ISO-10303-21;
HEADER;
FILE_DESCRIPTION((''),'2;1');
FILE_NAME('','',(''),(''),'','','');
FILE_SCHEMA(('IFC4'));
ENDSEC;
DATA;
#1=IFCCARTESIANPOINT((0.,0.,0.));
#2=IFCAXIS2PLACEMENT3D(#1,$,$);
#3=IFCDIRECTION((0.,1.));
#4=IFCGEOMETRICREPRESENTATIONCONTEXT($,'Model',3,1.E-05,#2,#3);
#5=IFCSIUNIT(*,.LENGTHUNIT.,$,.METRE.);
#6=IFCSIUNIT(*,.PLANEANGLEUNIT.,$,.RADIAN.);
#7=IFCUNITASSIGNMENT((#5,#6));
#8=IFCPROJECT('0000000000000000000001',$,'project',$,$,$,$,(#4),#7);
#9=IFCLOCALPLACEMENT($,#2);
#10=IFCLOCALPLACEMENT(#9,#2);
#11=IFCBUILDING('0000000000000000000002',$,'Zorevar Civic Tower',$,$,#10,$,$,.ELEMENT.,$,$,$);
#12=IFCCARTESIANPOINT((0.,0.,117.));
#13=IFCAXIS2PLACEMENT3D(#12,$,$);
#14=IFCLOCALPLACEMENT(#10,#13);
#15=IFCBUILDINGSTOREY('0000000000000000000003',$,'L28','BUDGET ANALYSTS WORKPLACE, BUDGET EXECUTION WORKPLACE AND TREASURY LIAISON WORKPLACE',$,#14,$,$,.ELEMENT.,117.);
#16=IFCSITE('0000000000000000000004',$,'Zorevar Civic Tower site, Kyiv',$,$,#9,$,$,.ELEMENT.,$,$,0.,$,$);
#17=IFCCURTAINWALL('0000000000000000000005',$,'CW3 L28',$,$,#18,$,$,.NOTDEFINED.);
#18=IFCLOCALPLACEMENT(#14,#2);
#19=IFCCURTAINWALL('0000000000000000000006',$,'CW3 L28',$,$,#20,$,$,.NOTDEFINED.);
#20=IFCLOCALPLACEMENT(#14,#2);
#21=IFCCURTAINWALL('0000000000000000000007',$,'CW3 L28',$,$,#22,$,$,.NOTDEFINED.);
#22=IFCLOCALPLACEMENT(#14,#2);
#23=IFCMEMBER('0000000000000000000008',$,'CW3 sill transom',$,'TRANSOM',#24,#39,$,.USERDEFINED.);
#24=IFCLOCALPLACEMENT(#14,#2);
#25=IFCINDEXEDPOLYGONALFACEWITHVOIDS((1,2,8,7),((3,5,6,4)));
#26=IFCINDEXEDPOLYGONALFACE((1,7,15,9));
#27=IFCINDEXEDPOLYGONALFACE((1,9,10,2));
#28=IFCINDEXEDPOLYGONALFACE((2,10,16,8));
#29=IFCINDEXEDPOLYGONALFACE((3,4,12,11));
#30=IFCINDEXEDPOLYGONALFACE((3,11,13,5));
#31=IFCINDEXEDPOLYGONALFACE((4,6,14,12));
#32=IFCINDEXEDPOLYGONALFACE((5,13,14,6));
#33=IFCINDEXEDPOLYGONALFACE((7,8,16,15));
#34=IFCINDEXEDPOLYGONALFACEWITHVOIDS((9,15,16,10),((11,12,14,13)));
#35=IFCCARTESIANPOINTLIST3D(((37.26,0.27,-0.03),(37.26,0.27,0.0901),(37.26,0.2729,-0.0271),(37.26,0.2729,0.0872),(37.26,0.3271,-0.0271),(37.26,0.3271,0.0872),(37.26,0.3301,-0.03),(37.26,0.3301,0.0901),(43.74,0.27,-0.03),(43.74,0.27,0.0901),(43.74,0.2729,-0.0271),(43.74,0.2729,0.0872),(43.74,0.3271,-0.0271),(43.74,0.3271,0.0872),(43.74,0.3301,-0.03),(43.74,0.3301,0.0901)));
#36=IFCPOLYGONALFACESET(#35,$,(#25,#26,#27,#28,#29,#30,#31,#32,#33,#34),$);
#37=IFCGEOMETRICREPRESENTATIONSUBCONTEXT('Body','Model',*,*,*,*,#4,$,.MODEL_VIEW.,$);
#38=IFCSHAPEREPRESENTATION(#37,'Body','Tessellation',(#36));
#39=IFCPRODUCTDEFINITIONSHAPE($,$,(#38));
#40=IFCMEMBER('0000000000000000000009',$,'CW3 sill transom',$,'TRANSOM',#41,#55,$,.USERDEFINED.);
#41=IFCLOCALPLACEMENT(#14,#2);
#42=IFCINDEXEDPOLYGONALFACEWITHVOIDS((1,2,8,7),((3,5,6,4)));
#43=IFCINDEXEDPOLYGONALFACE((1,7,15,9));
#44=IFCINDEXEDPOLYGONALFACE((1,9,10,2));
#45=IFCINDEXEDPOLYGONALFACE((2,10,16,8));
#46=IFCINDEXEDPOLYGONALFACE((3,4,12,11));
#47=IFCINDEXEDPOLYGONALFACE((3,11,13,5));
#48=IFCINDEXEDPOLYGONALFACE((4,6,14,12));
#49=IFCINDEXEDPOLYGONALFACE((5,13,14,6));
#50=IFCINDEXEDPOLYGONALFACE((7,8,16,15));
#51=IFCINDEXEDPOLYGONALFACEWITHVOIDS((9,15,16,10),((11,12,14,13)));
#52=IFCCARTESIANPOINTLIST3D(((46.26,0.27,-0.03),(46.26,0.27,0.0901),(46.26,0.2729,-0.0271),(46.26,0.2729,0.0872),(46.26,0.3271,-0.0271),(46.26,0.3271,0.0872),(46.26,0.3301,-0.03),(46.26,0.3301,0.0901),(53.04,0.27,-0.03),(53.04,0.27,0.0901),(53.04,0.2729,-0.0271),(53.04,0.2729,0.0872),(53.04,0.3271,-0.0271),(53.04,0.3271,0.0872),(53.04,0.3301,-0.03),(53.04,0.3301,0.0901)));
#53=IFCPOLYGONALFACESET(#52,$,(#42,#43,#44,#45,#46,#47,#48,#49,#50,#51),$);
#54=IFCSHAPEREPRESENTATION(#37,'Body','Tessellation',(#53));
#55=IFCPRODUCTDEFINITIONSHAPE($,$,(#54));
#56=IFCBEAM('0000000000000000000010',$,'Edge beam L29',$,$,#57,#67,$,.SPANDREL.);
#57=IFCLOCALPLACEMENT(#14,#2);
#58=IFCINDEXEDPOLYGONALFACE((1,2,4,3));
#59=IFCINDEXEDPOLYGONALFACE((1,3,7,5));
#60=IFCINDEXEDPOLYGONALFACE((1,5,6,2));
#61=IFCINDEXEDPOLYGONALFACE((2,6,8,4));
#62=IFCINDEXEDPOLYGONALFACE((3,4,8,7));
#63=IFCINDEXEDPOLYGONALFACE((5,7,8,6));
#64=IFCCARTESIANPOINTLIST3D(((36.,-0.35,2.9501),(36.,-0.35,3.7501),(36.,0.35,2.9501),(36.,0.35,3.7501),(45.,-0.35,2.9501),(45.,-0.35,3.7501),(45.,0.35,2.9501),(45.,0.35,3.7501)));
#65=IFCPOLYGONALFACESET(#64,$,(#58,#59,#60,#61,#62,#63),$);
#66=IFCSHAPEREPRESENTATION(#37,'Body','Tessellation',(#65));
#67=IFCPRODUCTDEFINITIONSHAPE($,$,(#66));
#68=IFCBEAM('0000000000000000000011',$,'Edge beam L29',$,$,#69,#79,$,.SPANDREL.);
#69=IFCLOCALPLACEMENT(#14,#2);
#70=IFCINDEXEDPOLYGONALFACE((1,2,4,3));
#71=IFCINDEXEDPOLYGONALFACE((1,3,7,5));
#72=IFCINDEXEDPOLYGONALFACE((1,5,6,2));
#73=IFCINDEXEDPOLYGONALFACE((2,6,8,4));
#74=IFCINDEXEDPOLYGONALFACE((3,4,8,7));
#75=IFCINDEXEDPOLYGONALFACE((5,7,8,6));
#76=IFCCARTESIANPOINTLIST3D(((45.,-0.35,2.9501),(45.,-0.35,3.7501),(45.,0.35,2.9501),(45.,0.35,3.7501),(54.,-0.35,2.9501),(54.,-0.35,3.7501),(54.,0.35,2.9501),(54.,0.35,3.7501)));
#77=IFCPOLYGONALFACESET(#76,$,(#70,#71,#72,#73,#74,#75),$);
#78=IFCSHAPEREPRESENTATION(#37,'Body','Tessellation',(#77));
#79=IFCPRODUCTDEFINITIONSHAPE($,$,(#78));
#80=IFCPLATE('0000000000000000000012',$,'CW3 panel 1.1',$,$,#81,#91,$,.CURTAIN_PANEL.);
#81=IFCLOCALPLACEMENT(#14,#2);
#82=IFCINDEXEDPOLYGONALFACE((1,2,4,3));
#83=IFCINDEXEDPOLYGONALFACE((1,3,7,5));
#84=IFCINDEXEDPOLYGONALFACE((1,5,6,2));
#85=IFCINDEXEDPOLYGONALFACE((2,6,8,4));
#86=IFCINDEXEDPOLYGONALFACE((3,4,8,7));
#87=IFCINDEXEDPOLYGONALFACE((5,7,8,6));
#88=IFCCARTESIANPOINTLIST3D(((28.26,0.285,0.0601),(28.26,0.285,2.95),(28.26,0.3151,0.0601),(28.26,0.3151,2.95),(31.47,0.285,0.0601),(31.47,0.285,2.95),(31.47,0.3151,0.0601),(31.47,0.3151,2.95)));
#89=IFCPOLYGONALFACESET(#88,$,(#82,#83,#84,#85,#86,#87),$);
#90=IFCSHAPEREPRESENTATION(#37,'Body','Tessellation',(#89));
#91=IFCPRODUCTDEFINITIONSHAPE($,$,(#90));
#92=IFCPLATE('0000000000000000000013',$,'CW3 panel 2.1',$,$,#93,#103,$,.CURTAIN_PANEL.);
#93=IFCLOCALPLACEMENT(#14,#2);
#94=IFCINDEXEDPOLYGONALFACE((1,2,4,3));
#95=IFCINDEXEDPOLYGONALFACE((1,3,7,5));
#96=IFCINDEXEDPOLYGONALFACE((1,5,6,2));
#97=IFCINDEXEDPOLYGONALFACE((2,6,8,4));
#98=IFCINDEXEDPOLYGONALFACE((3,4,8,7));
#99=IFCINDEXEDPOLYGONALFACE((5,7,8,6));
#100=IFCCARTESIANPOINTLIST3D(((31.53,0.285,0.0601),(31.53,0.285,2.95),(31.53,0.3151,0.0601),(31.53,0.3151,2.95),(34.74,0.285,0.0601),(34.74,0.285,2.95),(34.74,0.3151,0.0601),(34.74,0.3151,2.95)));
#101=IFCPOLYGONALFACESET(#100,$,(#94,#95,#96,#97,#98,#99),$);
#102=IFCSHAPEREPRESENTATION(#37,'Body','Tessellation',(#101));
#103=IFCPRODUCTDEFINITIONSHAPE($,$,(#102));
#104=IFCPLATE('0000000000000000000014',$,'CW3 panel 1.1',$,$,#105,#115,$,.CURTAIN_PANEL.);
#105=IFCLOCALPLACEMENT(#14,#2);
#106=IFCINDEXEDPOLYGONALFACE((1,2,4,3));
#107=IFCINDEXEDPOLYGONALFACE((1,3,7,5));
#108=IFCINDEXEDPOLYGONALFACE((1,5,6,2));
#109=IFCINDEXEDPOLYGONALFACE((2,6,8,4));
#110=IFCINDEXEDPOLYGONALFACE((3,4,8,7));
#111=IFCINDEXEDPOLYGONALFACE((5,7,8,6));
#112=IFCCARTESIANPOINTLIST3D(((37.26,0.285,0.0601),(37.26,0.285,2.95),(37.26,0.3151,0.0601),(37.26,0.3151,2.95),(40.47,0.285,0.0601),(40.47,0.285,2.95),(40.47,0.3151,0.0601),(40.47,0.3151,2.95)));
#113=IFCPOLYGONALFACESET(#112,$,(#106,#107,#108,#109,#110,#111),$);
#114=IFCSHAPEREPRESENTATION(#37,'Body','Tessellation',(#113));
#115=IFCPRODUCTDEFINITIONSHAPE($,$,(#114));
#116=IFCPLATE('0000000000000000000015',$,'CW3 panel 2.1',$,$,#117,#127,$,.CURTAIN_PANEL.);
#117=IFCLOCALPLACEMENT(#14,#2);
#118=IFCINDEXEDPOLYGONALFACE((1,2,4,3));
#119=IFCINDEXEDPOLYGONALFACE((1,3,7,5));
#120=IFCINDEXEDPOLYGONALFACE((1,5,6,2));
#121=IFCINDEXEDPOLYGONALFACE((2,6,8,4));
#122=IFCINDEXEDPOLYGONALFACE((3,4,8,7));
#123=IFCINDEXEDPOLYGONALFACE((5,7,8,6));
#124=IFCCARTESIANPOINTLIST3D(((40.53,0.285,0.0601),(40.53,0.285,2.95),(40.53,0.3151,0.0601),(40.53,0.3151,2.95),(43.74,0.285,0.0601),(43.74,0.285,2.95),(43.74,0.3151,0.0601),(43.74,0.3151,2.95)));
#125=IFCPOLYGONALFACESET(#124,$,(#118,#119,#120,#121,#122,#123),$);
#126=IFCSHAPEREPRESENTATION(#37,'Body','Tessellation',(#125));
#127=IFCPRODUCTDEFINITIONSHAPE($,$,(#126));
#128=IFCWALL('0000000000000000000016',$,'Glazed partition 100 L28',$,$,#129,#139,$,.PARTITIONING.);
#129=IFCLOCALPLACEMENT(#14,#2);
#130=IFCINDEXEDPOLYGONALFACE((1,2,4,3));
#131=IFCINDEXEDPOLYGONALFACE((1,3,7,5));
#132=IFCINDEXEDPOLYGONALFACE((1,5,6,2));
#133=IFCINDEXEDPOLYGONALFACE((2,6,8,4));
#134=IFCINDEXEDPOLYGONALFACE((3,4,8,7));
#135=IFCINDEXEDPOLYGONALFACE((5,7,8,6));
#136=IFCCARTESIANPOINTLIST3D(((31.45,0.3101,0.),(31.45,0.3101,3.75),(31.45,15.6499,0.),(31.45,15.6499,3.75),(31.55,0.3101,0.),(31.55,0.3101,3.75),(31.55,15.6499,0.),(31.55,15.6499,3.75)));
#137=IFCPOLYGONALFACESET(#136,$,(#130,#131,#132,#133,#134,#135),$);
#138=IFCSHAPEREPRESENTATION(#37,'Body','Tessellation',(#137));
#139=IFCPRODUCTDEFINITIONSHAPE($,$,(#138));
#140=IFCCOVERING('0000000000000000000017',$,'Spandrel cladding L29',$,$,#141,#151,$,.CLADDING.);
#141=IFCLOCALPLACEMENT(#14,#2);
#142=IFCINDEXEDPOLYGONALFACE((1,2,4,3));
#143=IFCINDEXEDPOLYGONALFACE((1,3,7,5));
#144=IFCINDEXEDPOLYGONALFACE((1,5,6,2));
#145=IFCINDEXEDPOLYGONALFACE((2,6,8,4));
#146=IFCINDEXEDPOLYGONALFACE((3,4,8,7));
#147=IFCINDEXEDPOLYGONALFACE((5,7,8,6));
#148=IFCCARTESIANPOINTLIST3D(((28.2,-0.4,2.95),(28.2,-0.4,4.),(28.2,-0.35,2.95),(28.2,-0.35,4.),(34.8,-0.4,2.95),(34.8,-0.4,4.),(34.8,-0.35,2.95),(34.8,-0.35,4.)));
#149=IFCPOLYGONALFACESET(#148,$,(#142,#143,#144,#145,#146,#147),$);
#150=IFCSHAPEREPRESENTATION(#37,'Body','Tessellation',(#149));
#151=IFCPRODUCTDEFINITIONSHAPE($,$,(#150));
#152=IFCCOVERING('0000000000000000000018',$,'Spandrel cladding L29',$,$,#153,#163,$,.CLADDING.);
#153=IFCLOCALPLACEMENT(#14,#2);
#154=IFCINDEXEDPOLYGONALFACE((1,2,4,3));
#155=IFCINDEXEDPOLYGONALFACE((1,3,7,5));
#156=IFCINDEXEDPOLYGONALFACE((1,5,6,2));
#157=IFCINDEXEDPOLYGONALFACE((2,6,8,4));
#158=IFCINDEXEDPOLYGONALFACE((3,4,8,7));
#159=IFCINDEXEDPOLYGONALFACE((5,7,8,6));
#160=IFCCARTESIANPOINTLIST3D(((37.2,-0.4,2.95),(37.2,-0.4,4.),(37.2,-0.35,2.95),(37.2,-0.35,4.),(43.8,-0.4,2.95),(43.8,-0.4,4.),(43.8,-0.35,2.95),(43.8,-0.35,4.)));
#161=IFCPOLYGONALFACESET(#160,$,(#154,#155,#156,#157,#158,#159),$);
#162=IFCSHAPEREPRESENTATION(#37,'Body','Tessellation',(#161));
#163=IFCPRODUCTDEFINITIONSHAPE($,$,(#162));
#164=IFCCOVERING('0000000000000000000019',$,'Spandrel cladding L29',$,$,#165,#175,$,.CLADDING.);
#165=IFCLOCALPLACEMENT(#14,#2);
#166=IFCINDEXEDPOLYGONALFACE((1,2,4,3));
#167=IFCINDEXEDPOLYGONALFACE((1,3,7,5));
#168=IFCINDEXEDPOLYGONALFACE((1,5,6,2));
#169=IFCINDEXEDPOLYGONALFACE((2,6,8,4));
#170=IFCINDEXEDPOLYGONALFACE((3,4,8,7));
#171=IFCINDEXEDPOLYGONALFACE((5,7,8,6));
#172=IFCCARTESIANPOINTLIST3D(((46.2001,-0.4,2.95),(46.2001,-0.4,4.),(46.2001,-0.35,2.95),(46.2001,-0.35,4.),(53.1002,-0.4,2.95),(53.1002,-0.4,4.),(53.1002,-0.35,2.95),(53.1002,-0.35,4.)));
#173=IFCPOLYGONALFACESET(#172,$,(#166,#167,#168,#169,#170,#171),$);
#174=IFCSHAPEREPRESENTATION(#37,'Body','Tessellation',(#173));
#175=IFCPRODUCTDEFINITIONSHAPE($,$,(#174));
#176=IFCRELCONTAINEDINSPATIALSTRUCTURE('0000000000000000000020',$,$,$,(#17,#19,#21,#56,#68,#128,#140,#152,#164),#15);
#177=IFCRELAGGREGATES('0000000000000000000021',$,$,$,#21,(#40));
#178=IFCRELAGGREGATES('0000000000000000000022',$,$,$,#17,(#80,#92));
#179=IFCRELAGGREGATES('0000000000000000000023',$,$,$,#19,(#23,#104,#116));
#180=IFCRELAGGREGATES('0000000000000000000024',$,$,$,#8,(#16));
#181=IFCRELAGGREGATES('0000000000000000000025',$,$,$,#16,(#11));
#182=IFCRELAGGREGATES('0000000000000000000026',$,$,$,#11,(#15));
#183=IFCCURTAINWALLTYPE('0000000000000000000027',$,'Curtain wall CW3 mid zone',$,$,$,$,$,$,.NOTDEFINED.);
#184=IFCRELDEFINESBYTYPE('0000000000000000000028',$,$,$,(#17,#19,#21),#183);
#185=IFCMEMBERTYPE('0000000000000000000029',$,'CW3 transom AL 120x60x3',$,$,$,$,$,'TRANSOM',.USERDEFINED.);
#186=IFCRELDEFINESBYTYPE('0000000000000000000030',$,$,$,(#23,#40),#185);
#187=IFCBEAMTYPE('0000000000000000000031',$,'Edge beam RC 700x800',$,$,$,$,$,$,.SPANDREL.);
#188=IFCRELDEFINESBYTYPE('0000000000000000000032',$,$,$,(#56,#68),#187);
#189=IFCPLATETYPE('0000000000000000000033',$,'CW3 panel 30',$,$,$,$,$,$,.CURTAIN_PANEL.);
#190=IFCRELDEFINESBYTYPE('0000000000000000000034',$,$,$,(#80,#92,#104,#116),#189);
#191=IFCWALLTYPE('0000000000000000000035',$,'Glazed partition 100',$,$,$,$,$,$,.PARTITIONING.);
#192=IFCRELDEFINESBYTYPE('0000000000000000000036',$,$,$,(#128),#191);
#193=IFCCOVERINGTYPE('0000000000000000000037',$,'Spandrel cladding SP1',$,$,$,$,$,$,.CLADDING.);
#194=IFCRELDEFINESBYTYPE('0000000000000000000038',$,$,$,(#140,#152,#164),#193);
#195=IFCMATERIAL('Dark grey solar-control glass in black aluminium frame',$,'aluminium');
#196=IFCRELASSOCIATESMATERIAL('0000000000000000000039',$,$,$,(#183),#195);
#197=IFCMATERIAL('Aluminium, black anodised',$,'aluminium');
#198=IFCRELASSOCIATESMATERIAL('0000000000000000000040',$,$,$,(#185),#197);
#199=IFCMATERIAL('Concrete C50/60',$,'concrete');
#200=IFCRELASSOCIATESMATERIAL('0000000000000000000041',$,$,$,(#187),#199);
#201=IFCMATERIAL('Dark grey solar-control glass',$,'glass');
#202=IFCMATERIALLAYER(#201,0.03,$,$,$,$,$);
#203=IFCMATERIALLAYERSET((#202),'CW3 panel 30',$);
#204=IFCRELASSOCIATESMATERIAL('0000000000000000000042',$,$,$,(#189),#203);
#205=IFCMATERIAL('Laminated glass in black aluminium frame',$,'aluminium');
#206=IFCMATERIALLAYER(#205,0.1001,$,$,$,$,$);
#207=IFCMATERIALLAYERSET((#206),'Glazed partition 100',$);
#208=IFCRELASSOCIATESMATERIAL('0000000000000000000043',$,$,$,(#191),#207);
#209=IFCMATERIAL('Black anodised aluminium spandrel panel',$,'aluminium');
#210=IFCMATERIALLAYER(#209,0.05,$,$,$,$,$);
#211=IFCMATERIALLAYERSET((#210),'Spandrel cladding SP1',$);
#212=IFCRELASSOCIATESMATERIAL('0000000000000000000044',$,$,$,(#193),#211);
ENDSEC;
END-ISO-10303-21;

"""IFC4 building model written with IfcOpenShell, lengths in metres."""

from ifc_helpers import new_model, si_unit, direction, frame, frame_2d, origin, origin_2d, place, context, subcontext, project, spatial, rectangle, hollow_rectangle, extrude, material, layer, layer_set, material_profile, profile_set, type_object, element, aggregate, save


model = new_model("IFC4")

# Units and contexts
model_context = context("Model", 3, precision=1e-05, world=origin(), true_north=direction((0.0, 1.0)))
body_context = subcontext(model_context, "Body", "Model", "MODEL_VIEW")
ifc_project = project(units=[si_unit("LENGTHUNIT", "METRE"), si_unit("PLANEANGLEUNIT", "RADIAN")], contexts=[model_context])

# Site, building, storey
site_placement = place(None, origin())
site = spatial("IfcSite", under=ifc_project, at=site_placement, Name="Zorevar Civic Tower site, Kyiv", CompositionType="ELEMENT", RefElevation=0.0)
building_placement = place(site_placement, origin())
building = spatial("IfcBuilding", under=site, at=building_placement, Name="Zorevar Civic Tower", CompositionType="ELEMENT")
storey_placement = place(building_placement, frame((0.0, 0.0, 117.0)))
storey = spatial("IfcBuildingStorey", under=building, at=storey_placement, Name="L28", Description="BUDGET ANALYSTS WORKPLACE, BUDGET EXECUTION WORKPLACE AND TREASURY LIAISON WORKPLACE", CompositionType="ELEMENT", Elevation=117.0)

# Curtain walls
ifc_material_1 = material(Name="Dark grey solar-control glass in black aluminium frame", Category="aluminium")
curtain_wall_type = type_object("IfcCurtainWallType", Name="Curtain wall CW3 mid zone", PredefinedType="NOTDEFINED", material=ifc_material_1)
curtain_wall_1_placement = place(storey_placement, origin())
curtain_wall_1 = element("IfcCurtainWall", 1, at=curtain_wall_1_placement, inside=storey, type_object=curtain_wall_type, Name="CW3 L28", PredefinedType="NOTDEFINED")
curtain_wall_2_placement = place(storey_placement, origin())
curtain_wall_2 = element("IfcCurtainWall", 2, at=curtain_wall_2_placement, inside=storey, type_object=curtain_wall_type, Name="CW3 L28", PredefinedType="NOTDEFINED")

# Curtain wall
curtain_wall_3_placement = place(storey_placement, origin())
curtain_wall_3 = element("IfcCurtainWall", 3, at=curtain_wall_3_placement, inside=storey, type_object=curtain_wall_type, Name="CW3 L28", PredefinedType="NOTDEFINED")

# Members
ifc_material_2 = material(Name="Aluminium, black anodised", Category="aluminium")
ifc_material_profile_1 = material_profile(ifc_material_2, hollow_rectangle(XDim=0.0601, YDim=0.1201, WallThickness=0.0029, at=origin_2d()), Name="AL 120x60x3")
ifc_profile_set_1 = profile_set([ifc_material_profile_1], Name="Aluminium, black anodised")
member_type_1 = type_object("IfcMemberType", Name="CW3 transom AL 120x60x3", ElementType="TRANSOM", PredefinedType="USERDEFINED", material=ifc_profile_set_1)
member_1_placement = place(storey_placement, frame((37.26, 0.3, 0.03), z_axis=(1.0, 0.0, 0.0), x_axis=(0.0, 1.0, 0.0)))
member_1 = element("IfcMember", 4, at=member_1_placement, type_object=member_type_1, Name="CW3 sill transom", ObjectType="TRANSOM", PredefinedType="USERDEFINED", context=body_context, shape_type="SweptSolid", body=[
    extrude(hollow_rectangle(XDim=0.0601, YDim=0.1201, WallThickness=0.0029, at=origin_2d()), origin(), (0.0, 0.0, 1.0), 6.48),
])
member_2_placement = place(storey_placement, frame((46.26, 0.3, 0.03), z_axis=(1.0, 0.0, 0.0), x_axis=(0.0, 1.0, 0.0)))
member_2 = element("IfcMember", 5, at=member_2_placement, type_object=member_type_1, Name="CW3 sill transom", ObjectType="TRANSOM", PredefinedType="USERDEFINED", context=body_context, shape_type="SweptSolid", body=[
    extrude(hollow_rectangle(XDim=0.0601, YDim=0.1201, WallThickness=0.0029, at=origin_2d()), origin(), (0.0, 0.0, 1.0), 6.78),
])
aggregate(curtain_wall_3, [member_2])

# Beams
ifc_material_3 = material(Name="Concrete C50/60", Category="concrete")
ifc_material_profile_2 = material_profile(ifc_material_3, rectangle(XDim=0.7, YDim=0.8, at=origin_2d()), Name="RC 700x800")
ifc_profile_set_2 = profile_set([ifc_material_profile_2], Name="Concrete C50/60")
beam_type_1 = type_object("IfcBeamType", Name="Edge beam RC 700x800", PredefinedType="SPANDREL", material=ifc_profile_set_2)
for number, where, z_axis, x_axis, name in (
    (6, (36.0, 0.0, 3.3501), (1.0, 0.0, 0.0), (0.0, 1.0, 0.0), "Edge beam L29"),
    (7, (45.0, 0.0, 3.3501), (1.0, 0.0, 0.0), (0.0, 1.0, 0.0), "Edge beam L29"),
):
    element("IfcBeam", number, at=place(storey_placement, frame(where, z_axis=z_axis, x_axis=x_axis)), inside=storey, type_object=beam_type_1, Name=name, PredefinedType="SPANDREL", context=body_context, shape_type="SweptSolid", body=[
        extrude(rectangle(XDim=0.7, YDim=0.8, at=origin_2d()), origin(), (0.0, 0.0, 1.0), 9.0),
    ])

# Plates
ifc_material_4 = material(Name="Dark grey solar-control glass", Category="glass")
ifc_layer_1 = layer(ifc_material_4, 0.03)
ifc_layer_set_1 = layer_set([ifc_layer_1], Name="CW3 panel 30")
plate_type = type_object("IfcPlateType", Name="CW3 panel 30", PredefinedType="CURTAIN_PANEL", material=ifc_layer_set_1)
plate_1_placement = place(storey_placement, frame((29.865, 0.3, 0.0601), z_axis=(0.0, 0.0, 1.0), x_axis=(1.0, 0.0, 0.0)))
plate_1 = element("IfcPlate", 8, at=plate_1_placement, type_object=plate_type, Name="CW3 panel 1.1", PredefinedType="CURTAIN_PANEL", context=body_context, shape_type="SweptSolid", body=[
    extrude(rectangle(XDim=3.21, YDim=0.03, at=origin_2d()), origin(), (0.0, 0.0, 1.0), 2.8899),
])
plate_2_placement = place(storey_placement, frame((33.135, 0.3, 0.0601), z_axis=(0.0, 0.0, 1.0), x_axis=(1.0, 0.0, 0.0)))
plate_2 = element("IfcPlate", 9, at=plate_2_placement, type_object=plate_type, Name="CW3 panel 2.1", PredefinedType="CURTAIN_PANEL", context=body_context, shape_type="SweptSolid", body=[
    extrude(rectangle(XDim=3.21, YDim=0.03, at=origin_2d()), origin(), (0.0, 0.0, 1.0), 2.8899),
])
aggregate(curtain_wall_1, [plate_1, plate_2])
plate_3_placement = place(storey_placement, frame((38.865, 0.3, 0.0601), z_axis=(0.0, 0.0, 1.0), x_axis=(1.0, 0.0, 0.0)))
plate_3 = element("IfcPlate", 10, at=plate_3_placement, type_object=plate_type, Name="CW3 panel 1.1", PredefinedType="CURTAIN_PANEL", context=body_context, shape_type="SweptSolid", body=[
    extrude(rectangle(XDim=3.21, YDim=0.03, at=origin_2d()), origin(), (0.0, 0.0, 1.0), 2.8899),
])
plate_4_placement = place(storey_placement, frame((42.135, 0.3, 0.0601), z_axis=(0.0, 0.0, 1.0), x_axis=(1.0, 0.0, 0.0)))
plate_4 = element("IfcPlate", 11, at=plate_4_placement, type_object=plate_type, Name="CW3 panel 2.1", PredefinedType="CURTAIN_PANEL", context=body_context, shape_type="SweptSolid", body=[
    extrude(rectangle(XDim=3.21, YDim=0.03, at=origin_2d()), origin(), (0.0, 0.0, 1.0), 2.8899),
])
aggregate(curtain_wall_2, [member_1, plate_3, plate_4])

# Wall
ifc_material_5 = material(Name="Laminated glass in black aluminium frame", Category="aluminium")
ifc_layer_2 = layer(ifc_material_5, 0.1001)
ifc_layer_set_2 = layer_set([ifc_layer_2], Name="Glazed partition 100")
wall_type = type_object("IfcWallType", Name="Glazed partition 100", PredefinedType="PARTITIONING", material=ifc_layer_set_2)
wall_placement = place(storey_placement, frame((31.5, 0.3101, 0.0), z_axis=(0.0, 0.0, 1.0), x_axis=(0.0, 1.0, 0.0)))
element("IfcWall", 12, at=wall_placement, inside=storey, type_object=wall_type, Name="Glazed partition 100 L28", PredefinedType="PARTITIONING", context=body_context, shape_type="SweptSolid", body=[
    extrude(rectangle(XDim=15.3398, YDim=0.1001, at=frame_2d((7.6699, 0.0))), origin(), (0.0, 0.0, 1.0), 3.75),
])

# Coverings
ifc_material_6 = material(Name="Black anodised aluminium spandrel panel", Category="aluminium")
ifc_layer_3 = layer(ifc_material_6, 0.05)
ifc_layer_set_3 = layer_set([ifc_layer_3], Name="Spandrel cladding SP1")
covering_type = type_object("IfcCoveringType", Name="Spandrel cladding SP1", PredefinedType="CLADDING", material=ifc_layer_set_3)
for number, where, z_axis, x_axis, name in (
    (13, (28.2, -0.375, 2.95), (0.0, 0.0, 1.0), (1.0, 0.0, 0.0), "Spandrel cladding L29"),
    (14, (37.2, -0.375, 2.95), (0.0, 0.0, 1.0), (1.0, 0.0, 0.0), "Spandrel cladding L29"),
):
    element("IfcCovering", number, at=place(storey_placement, frame(where, z_axis=z_axis, x_axis=x_axis)), inside=storey, type_object=covering_type, Name=name, PredefinedType="CLADDING", context=body_context, shape_type="SweptSolid", body=[
        extrude(rectangle(XDim=6.6001, YDim=0.05, at=frame_2d((3.3, 0.0))), origin(), (0.0, 0.0, 1.0), 1.05),
    ])
covering_placement = place(storey_placement, frame((46.2, -0.375, 2.95), z_axis=(0.0, 0.0, 1.0), x_axis=(1.0, 0.0, 0.0)))
element("IfcCovering", 15, at=covering_placement, inside=storey, type_object=covering_type, Name="Spandrel cladding L29", PredefinedType="CLADDING", context=body_context, shape_type="SweptSolid", body=[
    extrude(rectangle(XDim=6.9001, YDim=0.05, at=frame_2d((3.4502, 0.0))), origin(), (0.0, 0.0, 1.0), 1.05),
])

save(model, "model.ifc")
